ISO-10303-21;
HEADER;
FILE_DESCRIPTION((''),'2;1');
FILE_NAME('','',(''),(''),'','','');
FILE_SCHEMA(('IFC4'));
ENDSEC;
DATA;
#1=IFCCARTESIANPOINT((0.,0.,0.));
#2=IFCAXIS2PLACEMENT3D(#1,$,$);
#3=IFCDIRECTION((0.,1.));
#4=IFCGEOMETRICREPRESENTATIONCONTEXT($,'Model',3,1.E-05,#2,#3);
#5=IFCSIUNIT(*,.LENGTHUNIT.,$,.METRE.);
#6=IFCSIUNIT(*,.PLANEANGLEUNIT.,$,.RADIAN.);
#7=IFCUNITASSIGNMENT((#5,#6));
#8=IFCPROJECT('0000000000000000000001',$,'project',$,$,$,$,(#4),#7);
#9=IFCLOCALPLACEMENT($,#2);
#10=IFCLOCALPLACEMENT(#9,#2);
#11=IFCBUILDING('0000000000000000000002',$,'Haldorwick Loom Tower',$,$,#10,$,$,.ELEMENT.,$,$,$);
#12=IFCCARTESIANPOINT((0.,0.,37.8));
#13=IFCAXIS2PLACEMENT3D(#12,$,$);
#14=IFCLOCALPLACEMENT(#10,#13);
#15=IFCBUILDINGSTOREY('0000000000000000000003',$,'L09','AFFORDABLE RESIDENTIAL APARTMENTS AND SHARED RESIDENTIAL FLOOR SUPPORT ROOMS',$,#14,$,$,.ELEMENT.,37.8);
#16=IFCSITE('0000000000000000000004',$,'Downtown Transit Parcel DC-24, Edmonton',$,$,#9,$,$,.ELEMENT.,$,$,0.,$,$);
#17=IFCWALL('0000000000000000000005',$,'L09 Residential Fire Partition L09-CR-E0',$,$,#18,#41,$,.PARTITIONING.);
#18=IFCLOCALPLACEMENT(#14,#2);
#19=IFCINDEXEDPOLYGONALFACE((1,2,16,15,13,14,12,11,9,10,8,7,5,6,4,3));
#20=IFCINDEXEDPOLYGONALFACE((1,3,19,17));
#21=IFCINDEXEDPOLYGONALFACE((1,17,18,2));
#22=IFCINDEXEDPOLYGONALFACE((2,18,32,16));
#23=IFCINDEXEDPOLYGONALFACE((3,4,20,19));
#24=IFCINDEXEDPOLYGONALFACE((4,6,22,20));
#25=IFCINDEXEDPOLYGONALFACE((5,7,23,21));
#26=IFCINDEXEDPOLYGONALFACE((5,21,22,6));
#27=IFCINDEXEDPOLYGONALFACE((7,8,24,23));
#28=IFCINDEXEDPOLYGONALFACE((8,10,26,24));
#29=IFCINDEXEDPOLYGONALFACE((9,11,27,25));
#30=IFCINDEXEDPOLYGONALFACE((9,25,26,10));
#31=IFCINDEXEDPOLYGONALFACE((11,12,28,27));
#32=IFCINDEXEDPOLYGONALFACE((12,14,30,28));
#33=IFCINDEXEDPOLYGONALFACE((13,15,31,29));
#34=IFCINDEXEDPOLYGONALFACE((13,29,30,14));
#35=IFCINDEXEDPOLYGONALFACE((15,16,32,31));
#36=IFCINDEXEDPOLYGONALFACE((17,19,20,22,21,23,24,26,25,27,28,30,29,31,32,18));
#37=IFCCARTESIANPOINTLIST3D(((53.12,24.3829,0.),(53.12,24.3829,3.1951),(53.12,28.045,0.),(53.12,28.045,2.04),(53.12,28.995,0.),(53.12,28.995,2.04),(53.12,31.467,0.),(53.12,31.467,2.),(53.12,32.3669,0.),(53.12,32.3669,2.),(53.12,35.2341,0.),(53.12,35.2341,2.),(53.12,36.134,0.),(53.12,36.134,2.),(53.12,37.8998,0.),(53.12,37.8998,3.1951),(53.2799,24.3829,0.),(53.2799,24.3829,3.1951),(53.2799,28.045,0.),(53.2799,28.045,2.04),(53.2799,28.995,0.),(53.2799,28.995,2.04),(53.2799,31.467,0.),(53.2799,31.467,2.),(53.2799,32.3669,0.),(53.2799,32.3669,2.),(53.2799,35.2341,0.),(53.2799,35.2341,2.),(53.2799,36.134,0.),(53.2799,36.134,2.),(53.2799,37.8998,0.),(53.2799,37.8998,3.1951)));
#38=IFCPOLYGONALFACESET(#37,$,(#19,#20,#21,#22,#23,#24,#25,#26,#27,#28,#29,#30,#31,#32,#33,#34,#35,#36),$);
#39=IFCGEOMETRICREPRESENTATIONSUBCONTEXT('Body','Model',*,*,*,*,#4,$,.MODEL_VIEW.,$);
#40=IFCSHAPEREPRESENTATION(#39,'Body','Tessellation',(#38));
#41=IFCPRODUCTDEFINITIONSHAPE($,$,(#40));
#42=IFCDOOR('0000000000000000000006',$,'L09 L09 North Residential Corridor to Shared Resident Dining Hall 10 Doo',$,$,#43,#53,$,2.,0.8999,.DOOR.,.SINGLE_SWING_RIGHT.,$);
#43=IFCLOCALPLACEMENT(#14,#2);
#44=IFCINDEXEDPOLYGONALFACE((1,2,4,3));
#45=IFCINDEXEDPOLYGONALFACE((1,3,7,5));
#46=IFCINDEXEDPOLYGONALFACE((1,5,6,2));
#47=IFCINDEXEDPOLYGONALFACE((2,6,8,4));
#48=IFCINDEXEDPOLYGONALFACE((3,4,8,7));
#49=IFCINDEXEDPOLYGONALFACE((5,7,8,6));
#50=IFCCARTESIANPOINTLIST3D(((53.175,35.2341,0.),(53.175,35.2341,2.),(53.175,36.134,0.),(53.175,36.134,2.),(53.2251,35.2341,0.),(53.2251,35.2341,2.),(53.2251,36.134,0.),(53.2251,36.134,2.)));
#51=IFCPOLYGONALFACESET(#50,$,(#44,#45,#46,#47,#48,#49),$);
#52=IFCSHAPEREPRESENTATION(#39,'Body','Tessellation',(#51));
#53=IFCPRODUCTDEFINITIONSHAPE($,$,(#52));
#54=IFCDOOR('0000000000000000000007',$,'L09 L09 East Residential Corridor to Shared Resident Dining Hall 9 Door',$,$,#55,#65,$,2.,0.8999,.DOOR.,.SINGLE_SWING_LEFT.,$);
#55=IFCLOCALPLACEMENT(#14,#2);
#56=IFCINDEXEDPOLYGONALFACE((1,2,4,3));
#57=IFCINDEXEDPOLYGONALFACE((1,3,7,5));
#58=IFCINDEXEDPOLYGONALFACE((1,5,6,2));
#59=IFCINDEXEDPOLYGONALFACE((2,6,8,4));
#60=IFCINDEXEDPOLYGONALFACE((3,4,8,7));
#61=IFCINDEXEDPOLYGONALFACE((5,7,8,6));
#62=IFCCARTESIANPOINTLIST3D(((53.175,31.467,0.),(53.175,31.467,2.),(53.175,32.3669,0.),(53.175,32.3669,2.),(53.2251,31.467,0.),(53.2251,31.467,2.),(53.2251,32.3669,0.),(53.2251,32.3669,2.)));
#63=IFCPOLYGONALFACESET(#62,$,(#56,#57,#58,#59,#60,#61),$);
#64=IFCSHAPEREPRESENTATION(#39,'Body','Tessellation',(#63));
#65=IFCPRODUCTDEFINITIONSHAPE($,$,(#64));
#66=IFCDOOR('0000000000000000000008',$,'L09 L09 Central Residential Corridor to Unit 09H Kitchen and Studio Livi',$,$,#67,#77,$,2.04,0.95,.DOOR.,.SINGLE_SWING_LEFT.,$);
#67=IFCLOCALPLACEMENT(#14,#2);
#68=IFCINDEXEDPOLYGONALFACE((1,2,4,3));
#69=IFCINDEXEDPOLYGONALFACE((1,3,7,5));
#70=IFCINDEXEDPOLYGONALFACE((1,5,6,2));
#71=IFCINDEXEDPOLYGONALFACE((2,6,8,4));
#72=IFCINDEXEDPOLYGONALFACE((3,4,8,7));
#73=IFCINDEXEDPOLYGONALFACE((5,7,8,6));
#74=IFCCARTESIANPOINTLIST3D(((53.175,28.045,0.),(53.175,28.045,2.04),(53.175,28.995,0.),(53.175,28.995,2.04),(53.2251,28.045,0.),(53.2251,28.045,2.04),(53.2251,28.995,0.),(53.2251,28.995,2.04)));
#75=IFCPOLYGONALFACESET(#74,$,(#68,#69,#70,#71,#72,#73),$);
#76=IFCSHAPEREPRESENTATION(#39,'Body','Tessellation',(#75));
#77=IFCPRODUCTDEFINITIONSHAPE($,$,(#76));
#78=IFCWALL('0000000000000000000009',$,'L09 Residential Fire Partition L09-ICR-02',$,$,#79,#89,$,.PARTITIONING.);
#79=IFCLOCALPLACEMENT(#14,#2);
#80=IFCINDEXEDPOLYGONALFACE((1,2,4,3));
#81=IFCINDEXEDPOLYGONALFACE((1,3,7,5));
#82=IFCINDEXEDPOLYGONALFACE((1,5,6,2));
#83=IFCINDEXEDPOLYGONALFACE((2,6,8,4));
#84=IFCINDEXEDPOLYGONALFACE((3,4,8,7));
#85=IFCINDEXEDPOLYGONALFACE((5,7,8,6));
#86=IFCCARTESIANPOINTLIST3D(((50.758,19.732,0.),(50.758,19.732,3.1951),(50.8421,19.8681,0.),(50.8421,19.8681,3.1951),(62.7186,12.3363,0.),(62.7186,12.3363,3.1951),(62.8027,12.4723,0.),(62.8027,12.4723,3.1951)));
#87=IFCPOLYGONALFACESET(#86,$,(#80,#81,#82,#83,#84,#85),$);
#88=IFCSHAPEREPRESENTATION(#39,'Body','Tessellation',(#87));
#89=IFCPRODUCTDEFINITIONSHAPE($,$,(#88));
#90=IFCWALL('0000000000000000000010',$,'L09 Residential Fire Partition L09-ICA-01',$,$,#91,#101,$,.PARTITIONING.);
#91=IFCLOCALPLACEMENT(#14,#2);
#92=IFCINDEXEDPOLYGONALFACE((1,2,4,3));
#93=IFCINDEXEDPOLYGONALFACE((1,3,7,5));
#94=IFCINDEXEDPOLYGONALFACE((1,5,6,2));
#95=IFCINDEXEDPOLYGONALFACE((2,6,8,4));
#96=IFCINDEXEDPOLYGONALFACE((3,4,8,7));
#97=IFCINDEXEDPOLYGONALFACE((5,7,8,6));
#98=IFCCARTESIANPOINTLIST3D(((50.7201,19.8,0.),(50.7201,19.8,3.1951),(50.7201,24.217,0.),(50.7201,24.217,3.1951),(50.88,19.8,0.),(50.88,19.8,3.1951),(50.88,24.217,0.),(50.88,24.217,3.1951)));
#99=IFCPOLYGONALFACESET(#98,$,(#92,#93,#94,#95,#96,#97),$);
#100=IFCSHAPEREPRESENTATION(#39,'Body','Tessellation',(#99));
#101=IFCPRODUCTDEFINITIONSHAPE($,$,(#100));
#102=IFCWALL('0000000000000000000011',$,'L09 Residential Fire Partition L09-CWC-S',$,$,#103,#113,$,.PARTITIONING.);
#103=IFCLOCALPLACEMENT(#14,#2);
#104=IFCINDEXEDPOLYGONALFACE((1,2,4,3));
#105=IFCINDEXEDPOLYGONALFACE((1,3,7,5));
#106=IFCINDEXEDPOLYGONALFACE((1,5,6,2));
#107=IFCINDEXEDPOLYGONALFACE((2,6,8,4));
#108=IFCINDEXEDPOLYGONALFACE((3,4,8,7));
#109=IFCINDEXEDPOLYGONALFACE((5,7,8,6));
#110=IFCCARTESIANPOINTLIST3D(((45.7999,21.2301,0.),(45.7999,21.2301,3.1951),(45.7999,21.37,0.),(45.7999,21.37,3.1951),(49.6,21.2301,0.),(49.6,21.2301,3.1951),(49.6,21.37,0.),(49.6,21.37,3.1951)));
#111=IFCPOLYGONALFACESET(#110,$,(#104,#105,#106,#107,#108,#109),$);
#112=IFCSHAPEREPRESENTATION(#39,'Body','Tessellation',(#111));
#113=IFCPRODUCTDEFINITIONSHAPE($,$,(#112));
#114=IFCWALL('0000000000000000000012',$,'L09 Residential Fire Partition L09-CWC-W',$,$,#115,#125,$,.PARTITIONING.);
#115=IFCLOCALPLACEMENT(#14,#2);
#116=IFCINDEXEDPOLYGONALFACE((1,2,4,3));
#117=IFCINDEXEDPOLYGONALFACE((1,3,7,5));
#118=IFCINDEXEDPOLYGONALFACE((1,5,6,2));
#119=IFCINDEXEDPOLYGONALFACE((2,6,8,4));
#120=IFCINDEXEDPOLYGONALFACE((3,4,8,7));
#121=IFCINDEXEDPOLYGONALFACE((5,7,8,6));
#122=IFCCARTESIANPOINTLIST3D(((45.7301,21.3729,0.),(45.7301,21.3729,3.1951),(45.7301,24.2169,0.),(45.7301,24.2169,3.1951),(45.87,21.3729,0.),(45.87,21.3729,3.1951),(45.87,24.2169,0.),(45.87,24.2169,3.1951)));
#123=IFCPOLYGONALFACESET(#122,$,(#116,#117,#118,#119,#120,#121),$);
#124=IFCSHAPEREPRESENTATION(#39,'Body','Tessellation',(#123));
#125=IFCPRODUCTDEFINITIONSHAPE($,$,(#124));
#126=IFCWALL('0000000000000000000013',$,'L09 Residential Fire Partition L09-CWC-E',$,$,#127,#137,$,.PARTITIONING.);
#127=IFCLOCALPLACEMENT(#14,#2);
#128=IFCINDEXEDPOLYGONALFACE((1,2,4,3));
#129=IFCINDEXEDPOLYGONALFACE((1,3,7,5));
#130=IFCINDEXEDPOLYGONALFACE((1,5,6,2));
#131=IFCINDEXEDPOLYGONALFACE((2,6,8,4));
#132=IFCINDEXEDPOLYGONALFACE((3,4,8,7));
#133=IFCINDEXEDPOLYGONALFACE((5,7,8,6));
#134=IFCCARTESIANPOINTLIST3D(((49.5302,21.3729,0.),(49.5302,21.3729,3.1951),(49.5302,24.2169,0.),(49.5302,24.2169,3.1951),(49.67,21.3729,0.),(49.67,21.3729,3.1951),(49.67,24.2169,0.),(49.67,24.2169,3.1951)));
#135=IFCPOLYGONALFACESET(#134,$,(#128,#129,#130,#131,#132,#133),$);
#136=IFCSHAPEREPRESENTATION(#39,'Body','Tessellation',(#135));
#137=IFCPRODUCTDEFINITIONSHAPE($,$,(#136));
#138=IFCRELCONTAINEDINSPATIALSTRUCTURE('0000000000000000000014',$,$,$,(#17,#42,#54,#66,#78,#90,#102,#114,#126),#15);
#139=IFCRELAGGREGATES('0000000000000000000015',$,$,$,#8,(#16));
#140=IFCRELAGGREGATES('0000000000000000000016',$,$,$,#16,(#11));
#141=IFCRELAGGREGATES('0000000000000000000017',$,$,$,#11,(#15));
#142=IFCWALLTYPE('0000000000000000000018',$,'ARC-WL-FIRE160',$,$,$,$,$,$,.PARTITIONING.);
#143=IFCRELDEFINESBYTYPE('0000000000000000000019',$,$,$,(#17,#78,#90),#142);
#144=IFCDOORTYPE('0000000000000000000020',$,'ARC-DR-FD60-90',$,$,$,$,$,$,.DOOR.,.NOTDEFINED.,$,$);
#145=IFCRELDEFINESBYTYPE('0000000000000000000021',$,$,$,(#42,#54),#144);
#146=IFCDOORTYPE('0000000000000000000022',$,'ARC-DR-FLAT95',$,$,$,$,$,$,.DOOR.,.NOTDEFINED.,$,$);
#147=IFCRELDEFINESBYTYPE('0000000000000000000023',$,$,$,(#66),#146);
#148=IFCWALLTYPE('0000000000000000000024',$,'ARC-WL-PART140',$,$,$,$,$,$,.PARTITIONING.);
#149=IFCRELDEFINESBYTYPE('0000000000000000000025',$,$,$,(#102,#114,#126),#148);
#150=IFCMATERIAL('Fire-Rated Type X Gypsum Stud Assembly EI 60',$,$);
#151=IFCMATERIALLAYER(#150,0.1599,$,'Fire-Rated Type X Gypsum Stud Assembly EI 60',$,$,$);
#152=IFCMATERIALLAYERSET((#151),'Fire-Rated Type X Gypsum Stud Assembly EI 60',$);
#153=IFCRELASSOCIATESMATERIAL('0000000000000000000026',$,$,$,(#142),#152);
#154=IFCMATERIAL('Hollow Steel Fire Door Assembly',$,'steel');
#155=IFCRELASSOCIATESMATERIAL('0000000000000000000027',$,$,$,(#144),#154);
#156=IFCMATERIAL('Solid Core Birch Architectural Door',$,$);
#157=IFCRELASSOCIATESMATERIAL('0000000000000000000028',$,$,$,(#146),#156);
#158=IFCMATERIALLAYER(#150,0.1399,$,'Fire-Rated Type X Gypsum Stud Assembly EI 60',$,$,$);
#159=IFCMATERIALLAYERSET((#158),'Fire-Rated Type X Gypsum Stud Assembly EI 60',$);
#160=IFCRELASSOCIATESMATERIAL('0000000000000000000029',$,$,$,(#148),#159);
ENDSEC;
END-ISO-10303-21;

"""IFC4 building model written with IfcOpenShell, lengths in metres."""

from ifc_helpers import new_model, si_unit, direction, frame, frame_2d, origin, place, context, subcontext, project, spatial, rectangle, extrude, material, layer, layer_set, type_object, element, fill, save


model = new_model("IFC4")

# Units and contexts
model_context = context("Model", 3, precision=1e-05, world=origin(), true_north=direction((0.0, 1.0)))
body_context = subcontext(model_context, "Body", "Model", "MODEL_VIEW")
ifc_project = project(units=[si_unit("LENGTHUNIT", "METRE"), si_unit("PLANEANGLEUNIT", "RADIAN")], contexts=[model_context])

# Site, building, storey
site_placement = place(None, origin())
site = spatial("IfcSite", under=ifc_project, at=site_placement, Name="Downtown Transit Parcel DC-24, Edmonton", CompositionType="ELEMENT", RefElevation=0.0)
building_placement = place(site_placement, origin())
building = spatial("IfcBuilding", under=site, at=building_placement, Name="Haldorwick Loom Tower", CompositionType="ELEMENT")
storey_placement = place(building_placement, frame((0.0, 0.0, 37.8)))
storey = spatial("IfcBuildingStorey", under=building, at=storey_placement, Name="L09", Description="AFFORDABLE RESIDENTIAL APARTMENTS AND SHARED RESIDENTIAL FLOOR SUPPORT ROOMS", CompositionType="ELEMENT", Elevation=37.8)

# Wall, openings, doors
ifc_material_1 = material(Name="Fire-Rated Type X Gypsum Stud Assembly EI 60")
ifc_layer_1 = layer(ifc_material_1, 0.1599, Name="Fire-Rated Type X Gypsum Stud Assembly EI 60")
ifc_layer_set_1 = layer_set([ifc_layer_1], Name="Fire-Rated Type X Gypsum Stud Assembly EI 60")
wall_type_1 = type_object("IfcWallType", Name="ARC-WL-FIRE160", PredefinedType="PARTITIONING", material=ifc_layer_set_1)
wall_1_placement = place(storey_placement, frame((53.2, 24.3831, 0.0), z_axis=(0.0, 0.0, 1.0), x_axis=(0.0, 1.0, 0.0)))
wall_1 = element("IfcWall", 1, at=wall_1_placement, inside=storey, type_object=wall_type_1, Name="L09 Residential Fire Partition L09-CR-E0", PredefinedType="PARTITIONING", context=body_context, shape_type="SweptSolid", body=[
    extrude(rectangle(XDim=13.5168, YDim=0.1599, at=frame_2d((6.7583, 0.0))), origin(), (0.0, 0.0, 1.0), 3.1951),
])
opening_1_placement = place(wall_1_placement, frame((10.8511, 0.0, 0.0)))
opening_1 = element("IfcOpeningElement", 2, at=opening_1_placement, cuts=wall_1, PredefinedType="OPENING", context=body_context, shape_type="SweptSolid", body=[
    extrude(rectangle(XDim=0.8999, YDim=2.0, at=frame_2d((0.45, 1.0))), frame((0.0, 0.0898, 0.0), z_axis=(0.0, -1.0, 0.0), x_axis=(1.0, 0.0, 0.0)), (0.0, 0.0, 1.0), 0.1799),
])
opening_2_placement = place(wall_1_placement, frame((3.6619, 0.0, 0.0)))
opening_2 = element("IfcOpeningElement", 3, at=opening_2_placement, cuts=wall_1, PredefinedType="OPENING", context=body_context, shape_type="SweptSolid", body=[
    extrude(rectangle(XDim=0.95, YDim=2.04, at=frame_2d((0.4751, 1.02))), frame((0.0, 0.0898, 0.0), z_axis=(0.0, -1.0, 0.0), x_axis=(1.0, 0.0, 0.0)), (0.0, 0.0, 1.0), 0.1799),
])
opening_3_placement = place(wall_1_placement, frame((7.084, 0.0, 0.0)))
opening_3 = element("IfcOpeningElement", 4, at=opening_3_placement, cuts=wall_1, PredefinedType="OPENING", context=body_context, shape_type="SweptSolid", body=[
    extrude(rectangle(XDim=0.8999, YDim=2.0, at=frame_2d((0.45, 1.0))), frame((0.0, 0.0898, 0.0), z_axis=(0.0, -1.0, 0.0), x_axis=(1.0, 0.0, 0.0)), (0.0, 0.0, 1.0), 0.1799),
])
ifc_material_2 = material(Name="Hollow Steel Fire Door Assembly", Category="steel")
door_type_1 = type_object("IfcDoorType", Name="ARC-DR-FD60-90", OperationType="NOTDEFINED", PredefinedType="DOOR", material=ifc_material_2)
door_1_placement = place(opening_1_placement, origin())
door_1 = element("IfcDoor", 5, at=door_1_placement, inside=storey, type_object=door_type_1, Name="L09 L09 North Residential Corridor to Shared Resident Dining Hall 10 Doo", OperationType="SINGLE_SWING_RIGHT", OverallHeight=2.0, OverallWidth=0.8999, PredefinedType="DOOR", context=body_context, shape_type="SweptSolid", body=[
    extrude(rectangle(XDim=0.8999, YDim=2.0, at=frame_2d((0.45, 1.0))), frame((0.0, 0.0249, 0.0), z_axis=(0.0, -1.0, 0.0), x_axis=(1.0, 0.0, 0.0)), (0.0, 0.0, 1.0), 0.05),
])
fill(opening_1, door_1)
door_2_placement = place(opening_3_placement, origin())
door_2 = element("IfcDoor", 6, at=door_2_placement, inside=storey, type_object=door_type_1, Name="L09 L09 East Residential Corridor to Shared Resident Dining Hall 9 Door", OperationType="SINGLE_SWING_LEFT", OverallHeight=2.0, OverallWidth=0.8999, PredefinedType="DOOR", context=body_context, shape_type="SweptSolid", body=[
    extrude(rectangle(XDim=0.8999, YDim=2.0, at=frame_2d((0.45, 1.0))), frame((0.0, 0.0249, 0.0), z_axis=(0.0, -1.0, 0.0), x_axis=(1.0, 0.0, 0.0)), (0.0, 0.0, 1.0), 0.05),
])
fill(opening_3, door_2)
ifc_material_3 = material(Name="Solid Core Birch Architectural Door")
door_type_2 = type_object("IfcDoorType", Name="ARC-DR-FLAT95", OperationType="NOTDEFINED", PredefinedType="DOOR", material=ifc_material_3)
door_3_placement = place(opening_2_placement, origin())
door_3 = element("IfcDoor", 7, at=door_3_placement, inside=storey, type_object=door_type_2, Name="L09 L09 Central Residential Corridor to Unit 09H Kitchen and Studio Livi", OperationType="SINGLE_SWING_LEFT", OverallHeight=2.04, OverallWidth=0.95, PredefinedType="DOOR", context=body_context, shape_type="SweptSolid", body=[
    extrude(rectangle(XDim=0.95, YDim=2.04, at=frame_2d((0.4751, 1.02))), frame((0.0, 0.0249, 0.0), z_axis=(0.0, -1.0, 0.0), x_axis=(1.0, 0.0, 0.0)), (0.0, 0.0, 1.0), 0.05),
])
fill(opening_2, door_3)

# Walls
wall_2_placement = place(storey_placement, frame((50.8, 19.8, 0.0), z_axis=(0.0, 0.0, 1.0), x_axis=(0.850535, -0.525918, 0.0)))
element("IfcWall", 8, at=wall_2_placement, inside=storey, type_object=wall_type_1, Name="L09 Residential Fire Partition L09-ICR-02", PredefinedType="PARTITIONING", context=body_context, shape_type="SweptSolid", body=[
    extrude(rectangle(XDim=14.0625, YDim=0.1599, at=frame_2d((7.0312, 0.0))), origin(), (0.0, 0.0, 1.0), 3.1951),
])
wall_3_placement = place(storey_placement, frame((50.8, 24.217, 0.0), z_axis=(0.0, 0.0, 1.0), x_axis=(0.0, -1.0, 0.0)))
element("IfcWall", 9, at=wall_3_placement, inside=storey, type_object=wall_type_1, Name="L09 Residential Fire Partition L09-ICA-01", PredefinedType="PARTITIONING", context=body_context, shape_type="SweptSolid", body=[
    extrude(rectangle(XDim=4.417, YDim=0.1599, at=frame_2d((2.2085, 0.0))), origin(), (0.0, 0.0, 1.0), 3.1951),
])
ifc_layer_2 = layer(ifc_material_1, 0.1399, Name="Fire-Rated Type X Gypsum Stud Assembly EI 60")
ifc_layer_set_2 = layer_set([ifc_layer_2], Name="Fire-Rated Type X Gypsum Stud Assembly EI 60")
wall_type_2 = type_object("IfcWallType", Name="ARC-WL-PART140", PredefinedType="PARTITIONING", material=ifc_layer_set_2)
wall_4_placement = place(storey_placement, frame((45.8, 21.3, 0.0), z_axis=(0.0, 0.0, 1.0), x_axis=(1.0, 0.0, 0.0)))
element("IfcWall", 10, at=wall_4_placement, inside=storey, type_object=wall_type_2, Name="L09 Residential Fire Partition L09-CWC-S", PredefinedType="PARTITIONING", context=body_context, shape_type="SweptSolid", body=[
    extrude(rectangle(XDim=3.8, YDim=0.1399, at=frame_2d((1.8999, 0.0))), origin(), (0.0, 0.0, 1.0), 3.1951),
])
for number, where, z_axis, x_axis, name in (
    (11, (45.8, 21.373, 0.0), (0.0, 0.0, 1.0), (0.0, 1.0, 0.0), "L09 Residential Fire Partition L09-CWC-W"),
    (12, (49.6001, 21.373, 0.0), (0.0, 0.0, 1.0), (0.0, 1.0, 0.0), "L09 Residential Fire Partition L09-CWC-E"),
):
    element("IfcWall", number, at=place(storey_placement, frame(where, z_axis=z_axis, x_axis=x_axis)), inside=storey, type_object=wall_type_2, Name=name, PredefinedType="PARTITIONING", context=body_context, shape_type="SweptSolid", body=[
        extrude(rectangle(XDim=2.844, YDim=0.1399, at=frame_2d((1.4219, 0.0))), origin(), (0.0, 0.0, 1.0), 3.1951),
    ])

save(model, "model.ifc")
